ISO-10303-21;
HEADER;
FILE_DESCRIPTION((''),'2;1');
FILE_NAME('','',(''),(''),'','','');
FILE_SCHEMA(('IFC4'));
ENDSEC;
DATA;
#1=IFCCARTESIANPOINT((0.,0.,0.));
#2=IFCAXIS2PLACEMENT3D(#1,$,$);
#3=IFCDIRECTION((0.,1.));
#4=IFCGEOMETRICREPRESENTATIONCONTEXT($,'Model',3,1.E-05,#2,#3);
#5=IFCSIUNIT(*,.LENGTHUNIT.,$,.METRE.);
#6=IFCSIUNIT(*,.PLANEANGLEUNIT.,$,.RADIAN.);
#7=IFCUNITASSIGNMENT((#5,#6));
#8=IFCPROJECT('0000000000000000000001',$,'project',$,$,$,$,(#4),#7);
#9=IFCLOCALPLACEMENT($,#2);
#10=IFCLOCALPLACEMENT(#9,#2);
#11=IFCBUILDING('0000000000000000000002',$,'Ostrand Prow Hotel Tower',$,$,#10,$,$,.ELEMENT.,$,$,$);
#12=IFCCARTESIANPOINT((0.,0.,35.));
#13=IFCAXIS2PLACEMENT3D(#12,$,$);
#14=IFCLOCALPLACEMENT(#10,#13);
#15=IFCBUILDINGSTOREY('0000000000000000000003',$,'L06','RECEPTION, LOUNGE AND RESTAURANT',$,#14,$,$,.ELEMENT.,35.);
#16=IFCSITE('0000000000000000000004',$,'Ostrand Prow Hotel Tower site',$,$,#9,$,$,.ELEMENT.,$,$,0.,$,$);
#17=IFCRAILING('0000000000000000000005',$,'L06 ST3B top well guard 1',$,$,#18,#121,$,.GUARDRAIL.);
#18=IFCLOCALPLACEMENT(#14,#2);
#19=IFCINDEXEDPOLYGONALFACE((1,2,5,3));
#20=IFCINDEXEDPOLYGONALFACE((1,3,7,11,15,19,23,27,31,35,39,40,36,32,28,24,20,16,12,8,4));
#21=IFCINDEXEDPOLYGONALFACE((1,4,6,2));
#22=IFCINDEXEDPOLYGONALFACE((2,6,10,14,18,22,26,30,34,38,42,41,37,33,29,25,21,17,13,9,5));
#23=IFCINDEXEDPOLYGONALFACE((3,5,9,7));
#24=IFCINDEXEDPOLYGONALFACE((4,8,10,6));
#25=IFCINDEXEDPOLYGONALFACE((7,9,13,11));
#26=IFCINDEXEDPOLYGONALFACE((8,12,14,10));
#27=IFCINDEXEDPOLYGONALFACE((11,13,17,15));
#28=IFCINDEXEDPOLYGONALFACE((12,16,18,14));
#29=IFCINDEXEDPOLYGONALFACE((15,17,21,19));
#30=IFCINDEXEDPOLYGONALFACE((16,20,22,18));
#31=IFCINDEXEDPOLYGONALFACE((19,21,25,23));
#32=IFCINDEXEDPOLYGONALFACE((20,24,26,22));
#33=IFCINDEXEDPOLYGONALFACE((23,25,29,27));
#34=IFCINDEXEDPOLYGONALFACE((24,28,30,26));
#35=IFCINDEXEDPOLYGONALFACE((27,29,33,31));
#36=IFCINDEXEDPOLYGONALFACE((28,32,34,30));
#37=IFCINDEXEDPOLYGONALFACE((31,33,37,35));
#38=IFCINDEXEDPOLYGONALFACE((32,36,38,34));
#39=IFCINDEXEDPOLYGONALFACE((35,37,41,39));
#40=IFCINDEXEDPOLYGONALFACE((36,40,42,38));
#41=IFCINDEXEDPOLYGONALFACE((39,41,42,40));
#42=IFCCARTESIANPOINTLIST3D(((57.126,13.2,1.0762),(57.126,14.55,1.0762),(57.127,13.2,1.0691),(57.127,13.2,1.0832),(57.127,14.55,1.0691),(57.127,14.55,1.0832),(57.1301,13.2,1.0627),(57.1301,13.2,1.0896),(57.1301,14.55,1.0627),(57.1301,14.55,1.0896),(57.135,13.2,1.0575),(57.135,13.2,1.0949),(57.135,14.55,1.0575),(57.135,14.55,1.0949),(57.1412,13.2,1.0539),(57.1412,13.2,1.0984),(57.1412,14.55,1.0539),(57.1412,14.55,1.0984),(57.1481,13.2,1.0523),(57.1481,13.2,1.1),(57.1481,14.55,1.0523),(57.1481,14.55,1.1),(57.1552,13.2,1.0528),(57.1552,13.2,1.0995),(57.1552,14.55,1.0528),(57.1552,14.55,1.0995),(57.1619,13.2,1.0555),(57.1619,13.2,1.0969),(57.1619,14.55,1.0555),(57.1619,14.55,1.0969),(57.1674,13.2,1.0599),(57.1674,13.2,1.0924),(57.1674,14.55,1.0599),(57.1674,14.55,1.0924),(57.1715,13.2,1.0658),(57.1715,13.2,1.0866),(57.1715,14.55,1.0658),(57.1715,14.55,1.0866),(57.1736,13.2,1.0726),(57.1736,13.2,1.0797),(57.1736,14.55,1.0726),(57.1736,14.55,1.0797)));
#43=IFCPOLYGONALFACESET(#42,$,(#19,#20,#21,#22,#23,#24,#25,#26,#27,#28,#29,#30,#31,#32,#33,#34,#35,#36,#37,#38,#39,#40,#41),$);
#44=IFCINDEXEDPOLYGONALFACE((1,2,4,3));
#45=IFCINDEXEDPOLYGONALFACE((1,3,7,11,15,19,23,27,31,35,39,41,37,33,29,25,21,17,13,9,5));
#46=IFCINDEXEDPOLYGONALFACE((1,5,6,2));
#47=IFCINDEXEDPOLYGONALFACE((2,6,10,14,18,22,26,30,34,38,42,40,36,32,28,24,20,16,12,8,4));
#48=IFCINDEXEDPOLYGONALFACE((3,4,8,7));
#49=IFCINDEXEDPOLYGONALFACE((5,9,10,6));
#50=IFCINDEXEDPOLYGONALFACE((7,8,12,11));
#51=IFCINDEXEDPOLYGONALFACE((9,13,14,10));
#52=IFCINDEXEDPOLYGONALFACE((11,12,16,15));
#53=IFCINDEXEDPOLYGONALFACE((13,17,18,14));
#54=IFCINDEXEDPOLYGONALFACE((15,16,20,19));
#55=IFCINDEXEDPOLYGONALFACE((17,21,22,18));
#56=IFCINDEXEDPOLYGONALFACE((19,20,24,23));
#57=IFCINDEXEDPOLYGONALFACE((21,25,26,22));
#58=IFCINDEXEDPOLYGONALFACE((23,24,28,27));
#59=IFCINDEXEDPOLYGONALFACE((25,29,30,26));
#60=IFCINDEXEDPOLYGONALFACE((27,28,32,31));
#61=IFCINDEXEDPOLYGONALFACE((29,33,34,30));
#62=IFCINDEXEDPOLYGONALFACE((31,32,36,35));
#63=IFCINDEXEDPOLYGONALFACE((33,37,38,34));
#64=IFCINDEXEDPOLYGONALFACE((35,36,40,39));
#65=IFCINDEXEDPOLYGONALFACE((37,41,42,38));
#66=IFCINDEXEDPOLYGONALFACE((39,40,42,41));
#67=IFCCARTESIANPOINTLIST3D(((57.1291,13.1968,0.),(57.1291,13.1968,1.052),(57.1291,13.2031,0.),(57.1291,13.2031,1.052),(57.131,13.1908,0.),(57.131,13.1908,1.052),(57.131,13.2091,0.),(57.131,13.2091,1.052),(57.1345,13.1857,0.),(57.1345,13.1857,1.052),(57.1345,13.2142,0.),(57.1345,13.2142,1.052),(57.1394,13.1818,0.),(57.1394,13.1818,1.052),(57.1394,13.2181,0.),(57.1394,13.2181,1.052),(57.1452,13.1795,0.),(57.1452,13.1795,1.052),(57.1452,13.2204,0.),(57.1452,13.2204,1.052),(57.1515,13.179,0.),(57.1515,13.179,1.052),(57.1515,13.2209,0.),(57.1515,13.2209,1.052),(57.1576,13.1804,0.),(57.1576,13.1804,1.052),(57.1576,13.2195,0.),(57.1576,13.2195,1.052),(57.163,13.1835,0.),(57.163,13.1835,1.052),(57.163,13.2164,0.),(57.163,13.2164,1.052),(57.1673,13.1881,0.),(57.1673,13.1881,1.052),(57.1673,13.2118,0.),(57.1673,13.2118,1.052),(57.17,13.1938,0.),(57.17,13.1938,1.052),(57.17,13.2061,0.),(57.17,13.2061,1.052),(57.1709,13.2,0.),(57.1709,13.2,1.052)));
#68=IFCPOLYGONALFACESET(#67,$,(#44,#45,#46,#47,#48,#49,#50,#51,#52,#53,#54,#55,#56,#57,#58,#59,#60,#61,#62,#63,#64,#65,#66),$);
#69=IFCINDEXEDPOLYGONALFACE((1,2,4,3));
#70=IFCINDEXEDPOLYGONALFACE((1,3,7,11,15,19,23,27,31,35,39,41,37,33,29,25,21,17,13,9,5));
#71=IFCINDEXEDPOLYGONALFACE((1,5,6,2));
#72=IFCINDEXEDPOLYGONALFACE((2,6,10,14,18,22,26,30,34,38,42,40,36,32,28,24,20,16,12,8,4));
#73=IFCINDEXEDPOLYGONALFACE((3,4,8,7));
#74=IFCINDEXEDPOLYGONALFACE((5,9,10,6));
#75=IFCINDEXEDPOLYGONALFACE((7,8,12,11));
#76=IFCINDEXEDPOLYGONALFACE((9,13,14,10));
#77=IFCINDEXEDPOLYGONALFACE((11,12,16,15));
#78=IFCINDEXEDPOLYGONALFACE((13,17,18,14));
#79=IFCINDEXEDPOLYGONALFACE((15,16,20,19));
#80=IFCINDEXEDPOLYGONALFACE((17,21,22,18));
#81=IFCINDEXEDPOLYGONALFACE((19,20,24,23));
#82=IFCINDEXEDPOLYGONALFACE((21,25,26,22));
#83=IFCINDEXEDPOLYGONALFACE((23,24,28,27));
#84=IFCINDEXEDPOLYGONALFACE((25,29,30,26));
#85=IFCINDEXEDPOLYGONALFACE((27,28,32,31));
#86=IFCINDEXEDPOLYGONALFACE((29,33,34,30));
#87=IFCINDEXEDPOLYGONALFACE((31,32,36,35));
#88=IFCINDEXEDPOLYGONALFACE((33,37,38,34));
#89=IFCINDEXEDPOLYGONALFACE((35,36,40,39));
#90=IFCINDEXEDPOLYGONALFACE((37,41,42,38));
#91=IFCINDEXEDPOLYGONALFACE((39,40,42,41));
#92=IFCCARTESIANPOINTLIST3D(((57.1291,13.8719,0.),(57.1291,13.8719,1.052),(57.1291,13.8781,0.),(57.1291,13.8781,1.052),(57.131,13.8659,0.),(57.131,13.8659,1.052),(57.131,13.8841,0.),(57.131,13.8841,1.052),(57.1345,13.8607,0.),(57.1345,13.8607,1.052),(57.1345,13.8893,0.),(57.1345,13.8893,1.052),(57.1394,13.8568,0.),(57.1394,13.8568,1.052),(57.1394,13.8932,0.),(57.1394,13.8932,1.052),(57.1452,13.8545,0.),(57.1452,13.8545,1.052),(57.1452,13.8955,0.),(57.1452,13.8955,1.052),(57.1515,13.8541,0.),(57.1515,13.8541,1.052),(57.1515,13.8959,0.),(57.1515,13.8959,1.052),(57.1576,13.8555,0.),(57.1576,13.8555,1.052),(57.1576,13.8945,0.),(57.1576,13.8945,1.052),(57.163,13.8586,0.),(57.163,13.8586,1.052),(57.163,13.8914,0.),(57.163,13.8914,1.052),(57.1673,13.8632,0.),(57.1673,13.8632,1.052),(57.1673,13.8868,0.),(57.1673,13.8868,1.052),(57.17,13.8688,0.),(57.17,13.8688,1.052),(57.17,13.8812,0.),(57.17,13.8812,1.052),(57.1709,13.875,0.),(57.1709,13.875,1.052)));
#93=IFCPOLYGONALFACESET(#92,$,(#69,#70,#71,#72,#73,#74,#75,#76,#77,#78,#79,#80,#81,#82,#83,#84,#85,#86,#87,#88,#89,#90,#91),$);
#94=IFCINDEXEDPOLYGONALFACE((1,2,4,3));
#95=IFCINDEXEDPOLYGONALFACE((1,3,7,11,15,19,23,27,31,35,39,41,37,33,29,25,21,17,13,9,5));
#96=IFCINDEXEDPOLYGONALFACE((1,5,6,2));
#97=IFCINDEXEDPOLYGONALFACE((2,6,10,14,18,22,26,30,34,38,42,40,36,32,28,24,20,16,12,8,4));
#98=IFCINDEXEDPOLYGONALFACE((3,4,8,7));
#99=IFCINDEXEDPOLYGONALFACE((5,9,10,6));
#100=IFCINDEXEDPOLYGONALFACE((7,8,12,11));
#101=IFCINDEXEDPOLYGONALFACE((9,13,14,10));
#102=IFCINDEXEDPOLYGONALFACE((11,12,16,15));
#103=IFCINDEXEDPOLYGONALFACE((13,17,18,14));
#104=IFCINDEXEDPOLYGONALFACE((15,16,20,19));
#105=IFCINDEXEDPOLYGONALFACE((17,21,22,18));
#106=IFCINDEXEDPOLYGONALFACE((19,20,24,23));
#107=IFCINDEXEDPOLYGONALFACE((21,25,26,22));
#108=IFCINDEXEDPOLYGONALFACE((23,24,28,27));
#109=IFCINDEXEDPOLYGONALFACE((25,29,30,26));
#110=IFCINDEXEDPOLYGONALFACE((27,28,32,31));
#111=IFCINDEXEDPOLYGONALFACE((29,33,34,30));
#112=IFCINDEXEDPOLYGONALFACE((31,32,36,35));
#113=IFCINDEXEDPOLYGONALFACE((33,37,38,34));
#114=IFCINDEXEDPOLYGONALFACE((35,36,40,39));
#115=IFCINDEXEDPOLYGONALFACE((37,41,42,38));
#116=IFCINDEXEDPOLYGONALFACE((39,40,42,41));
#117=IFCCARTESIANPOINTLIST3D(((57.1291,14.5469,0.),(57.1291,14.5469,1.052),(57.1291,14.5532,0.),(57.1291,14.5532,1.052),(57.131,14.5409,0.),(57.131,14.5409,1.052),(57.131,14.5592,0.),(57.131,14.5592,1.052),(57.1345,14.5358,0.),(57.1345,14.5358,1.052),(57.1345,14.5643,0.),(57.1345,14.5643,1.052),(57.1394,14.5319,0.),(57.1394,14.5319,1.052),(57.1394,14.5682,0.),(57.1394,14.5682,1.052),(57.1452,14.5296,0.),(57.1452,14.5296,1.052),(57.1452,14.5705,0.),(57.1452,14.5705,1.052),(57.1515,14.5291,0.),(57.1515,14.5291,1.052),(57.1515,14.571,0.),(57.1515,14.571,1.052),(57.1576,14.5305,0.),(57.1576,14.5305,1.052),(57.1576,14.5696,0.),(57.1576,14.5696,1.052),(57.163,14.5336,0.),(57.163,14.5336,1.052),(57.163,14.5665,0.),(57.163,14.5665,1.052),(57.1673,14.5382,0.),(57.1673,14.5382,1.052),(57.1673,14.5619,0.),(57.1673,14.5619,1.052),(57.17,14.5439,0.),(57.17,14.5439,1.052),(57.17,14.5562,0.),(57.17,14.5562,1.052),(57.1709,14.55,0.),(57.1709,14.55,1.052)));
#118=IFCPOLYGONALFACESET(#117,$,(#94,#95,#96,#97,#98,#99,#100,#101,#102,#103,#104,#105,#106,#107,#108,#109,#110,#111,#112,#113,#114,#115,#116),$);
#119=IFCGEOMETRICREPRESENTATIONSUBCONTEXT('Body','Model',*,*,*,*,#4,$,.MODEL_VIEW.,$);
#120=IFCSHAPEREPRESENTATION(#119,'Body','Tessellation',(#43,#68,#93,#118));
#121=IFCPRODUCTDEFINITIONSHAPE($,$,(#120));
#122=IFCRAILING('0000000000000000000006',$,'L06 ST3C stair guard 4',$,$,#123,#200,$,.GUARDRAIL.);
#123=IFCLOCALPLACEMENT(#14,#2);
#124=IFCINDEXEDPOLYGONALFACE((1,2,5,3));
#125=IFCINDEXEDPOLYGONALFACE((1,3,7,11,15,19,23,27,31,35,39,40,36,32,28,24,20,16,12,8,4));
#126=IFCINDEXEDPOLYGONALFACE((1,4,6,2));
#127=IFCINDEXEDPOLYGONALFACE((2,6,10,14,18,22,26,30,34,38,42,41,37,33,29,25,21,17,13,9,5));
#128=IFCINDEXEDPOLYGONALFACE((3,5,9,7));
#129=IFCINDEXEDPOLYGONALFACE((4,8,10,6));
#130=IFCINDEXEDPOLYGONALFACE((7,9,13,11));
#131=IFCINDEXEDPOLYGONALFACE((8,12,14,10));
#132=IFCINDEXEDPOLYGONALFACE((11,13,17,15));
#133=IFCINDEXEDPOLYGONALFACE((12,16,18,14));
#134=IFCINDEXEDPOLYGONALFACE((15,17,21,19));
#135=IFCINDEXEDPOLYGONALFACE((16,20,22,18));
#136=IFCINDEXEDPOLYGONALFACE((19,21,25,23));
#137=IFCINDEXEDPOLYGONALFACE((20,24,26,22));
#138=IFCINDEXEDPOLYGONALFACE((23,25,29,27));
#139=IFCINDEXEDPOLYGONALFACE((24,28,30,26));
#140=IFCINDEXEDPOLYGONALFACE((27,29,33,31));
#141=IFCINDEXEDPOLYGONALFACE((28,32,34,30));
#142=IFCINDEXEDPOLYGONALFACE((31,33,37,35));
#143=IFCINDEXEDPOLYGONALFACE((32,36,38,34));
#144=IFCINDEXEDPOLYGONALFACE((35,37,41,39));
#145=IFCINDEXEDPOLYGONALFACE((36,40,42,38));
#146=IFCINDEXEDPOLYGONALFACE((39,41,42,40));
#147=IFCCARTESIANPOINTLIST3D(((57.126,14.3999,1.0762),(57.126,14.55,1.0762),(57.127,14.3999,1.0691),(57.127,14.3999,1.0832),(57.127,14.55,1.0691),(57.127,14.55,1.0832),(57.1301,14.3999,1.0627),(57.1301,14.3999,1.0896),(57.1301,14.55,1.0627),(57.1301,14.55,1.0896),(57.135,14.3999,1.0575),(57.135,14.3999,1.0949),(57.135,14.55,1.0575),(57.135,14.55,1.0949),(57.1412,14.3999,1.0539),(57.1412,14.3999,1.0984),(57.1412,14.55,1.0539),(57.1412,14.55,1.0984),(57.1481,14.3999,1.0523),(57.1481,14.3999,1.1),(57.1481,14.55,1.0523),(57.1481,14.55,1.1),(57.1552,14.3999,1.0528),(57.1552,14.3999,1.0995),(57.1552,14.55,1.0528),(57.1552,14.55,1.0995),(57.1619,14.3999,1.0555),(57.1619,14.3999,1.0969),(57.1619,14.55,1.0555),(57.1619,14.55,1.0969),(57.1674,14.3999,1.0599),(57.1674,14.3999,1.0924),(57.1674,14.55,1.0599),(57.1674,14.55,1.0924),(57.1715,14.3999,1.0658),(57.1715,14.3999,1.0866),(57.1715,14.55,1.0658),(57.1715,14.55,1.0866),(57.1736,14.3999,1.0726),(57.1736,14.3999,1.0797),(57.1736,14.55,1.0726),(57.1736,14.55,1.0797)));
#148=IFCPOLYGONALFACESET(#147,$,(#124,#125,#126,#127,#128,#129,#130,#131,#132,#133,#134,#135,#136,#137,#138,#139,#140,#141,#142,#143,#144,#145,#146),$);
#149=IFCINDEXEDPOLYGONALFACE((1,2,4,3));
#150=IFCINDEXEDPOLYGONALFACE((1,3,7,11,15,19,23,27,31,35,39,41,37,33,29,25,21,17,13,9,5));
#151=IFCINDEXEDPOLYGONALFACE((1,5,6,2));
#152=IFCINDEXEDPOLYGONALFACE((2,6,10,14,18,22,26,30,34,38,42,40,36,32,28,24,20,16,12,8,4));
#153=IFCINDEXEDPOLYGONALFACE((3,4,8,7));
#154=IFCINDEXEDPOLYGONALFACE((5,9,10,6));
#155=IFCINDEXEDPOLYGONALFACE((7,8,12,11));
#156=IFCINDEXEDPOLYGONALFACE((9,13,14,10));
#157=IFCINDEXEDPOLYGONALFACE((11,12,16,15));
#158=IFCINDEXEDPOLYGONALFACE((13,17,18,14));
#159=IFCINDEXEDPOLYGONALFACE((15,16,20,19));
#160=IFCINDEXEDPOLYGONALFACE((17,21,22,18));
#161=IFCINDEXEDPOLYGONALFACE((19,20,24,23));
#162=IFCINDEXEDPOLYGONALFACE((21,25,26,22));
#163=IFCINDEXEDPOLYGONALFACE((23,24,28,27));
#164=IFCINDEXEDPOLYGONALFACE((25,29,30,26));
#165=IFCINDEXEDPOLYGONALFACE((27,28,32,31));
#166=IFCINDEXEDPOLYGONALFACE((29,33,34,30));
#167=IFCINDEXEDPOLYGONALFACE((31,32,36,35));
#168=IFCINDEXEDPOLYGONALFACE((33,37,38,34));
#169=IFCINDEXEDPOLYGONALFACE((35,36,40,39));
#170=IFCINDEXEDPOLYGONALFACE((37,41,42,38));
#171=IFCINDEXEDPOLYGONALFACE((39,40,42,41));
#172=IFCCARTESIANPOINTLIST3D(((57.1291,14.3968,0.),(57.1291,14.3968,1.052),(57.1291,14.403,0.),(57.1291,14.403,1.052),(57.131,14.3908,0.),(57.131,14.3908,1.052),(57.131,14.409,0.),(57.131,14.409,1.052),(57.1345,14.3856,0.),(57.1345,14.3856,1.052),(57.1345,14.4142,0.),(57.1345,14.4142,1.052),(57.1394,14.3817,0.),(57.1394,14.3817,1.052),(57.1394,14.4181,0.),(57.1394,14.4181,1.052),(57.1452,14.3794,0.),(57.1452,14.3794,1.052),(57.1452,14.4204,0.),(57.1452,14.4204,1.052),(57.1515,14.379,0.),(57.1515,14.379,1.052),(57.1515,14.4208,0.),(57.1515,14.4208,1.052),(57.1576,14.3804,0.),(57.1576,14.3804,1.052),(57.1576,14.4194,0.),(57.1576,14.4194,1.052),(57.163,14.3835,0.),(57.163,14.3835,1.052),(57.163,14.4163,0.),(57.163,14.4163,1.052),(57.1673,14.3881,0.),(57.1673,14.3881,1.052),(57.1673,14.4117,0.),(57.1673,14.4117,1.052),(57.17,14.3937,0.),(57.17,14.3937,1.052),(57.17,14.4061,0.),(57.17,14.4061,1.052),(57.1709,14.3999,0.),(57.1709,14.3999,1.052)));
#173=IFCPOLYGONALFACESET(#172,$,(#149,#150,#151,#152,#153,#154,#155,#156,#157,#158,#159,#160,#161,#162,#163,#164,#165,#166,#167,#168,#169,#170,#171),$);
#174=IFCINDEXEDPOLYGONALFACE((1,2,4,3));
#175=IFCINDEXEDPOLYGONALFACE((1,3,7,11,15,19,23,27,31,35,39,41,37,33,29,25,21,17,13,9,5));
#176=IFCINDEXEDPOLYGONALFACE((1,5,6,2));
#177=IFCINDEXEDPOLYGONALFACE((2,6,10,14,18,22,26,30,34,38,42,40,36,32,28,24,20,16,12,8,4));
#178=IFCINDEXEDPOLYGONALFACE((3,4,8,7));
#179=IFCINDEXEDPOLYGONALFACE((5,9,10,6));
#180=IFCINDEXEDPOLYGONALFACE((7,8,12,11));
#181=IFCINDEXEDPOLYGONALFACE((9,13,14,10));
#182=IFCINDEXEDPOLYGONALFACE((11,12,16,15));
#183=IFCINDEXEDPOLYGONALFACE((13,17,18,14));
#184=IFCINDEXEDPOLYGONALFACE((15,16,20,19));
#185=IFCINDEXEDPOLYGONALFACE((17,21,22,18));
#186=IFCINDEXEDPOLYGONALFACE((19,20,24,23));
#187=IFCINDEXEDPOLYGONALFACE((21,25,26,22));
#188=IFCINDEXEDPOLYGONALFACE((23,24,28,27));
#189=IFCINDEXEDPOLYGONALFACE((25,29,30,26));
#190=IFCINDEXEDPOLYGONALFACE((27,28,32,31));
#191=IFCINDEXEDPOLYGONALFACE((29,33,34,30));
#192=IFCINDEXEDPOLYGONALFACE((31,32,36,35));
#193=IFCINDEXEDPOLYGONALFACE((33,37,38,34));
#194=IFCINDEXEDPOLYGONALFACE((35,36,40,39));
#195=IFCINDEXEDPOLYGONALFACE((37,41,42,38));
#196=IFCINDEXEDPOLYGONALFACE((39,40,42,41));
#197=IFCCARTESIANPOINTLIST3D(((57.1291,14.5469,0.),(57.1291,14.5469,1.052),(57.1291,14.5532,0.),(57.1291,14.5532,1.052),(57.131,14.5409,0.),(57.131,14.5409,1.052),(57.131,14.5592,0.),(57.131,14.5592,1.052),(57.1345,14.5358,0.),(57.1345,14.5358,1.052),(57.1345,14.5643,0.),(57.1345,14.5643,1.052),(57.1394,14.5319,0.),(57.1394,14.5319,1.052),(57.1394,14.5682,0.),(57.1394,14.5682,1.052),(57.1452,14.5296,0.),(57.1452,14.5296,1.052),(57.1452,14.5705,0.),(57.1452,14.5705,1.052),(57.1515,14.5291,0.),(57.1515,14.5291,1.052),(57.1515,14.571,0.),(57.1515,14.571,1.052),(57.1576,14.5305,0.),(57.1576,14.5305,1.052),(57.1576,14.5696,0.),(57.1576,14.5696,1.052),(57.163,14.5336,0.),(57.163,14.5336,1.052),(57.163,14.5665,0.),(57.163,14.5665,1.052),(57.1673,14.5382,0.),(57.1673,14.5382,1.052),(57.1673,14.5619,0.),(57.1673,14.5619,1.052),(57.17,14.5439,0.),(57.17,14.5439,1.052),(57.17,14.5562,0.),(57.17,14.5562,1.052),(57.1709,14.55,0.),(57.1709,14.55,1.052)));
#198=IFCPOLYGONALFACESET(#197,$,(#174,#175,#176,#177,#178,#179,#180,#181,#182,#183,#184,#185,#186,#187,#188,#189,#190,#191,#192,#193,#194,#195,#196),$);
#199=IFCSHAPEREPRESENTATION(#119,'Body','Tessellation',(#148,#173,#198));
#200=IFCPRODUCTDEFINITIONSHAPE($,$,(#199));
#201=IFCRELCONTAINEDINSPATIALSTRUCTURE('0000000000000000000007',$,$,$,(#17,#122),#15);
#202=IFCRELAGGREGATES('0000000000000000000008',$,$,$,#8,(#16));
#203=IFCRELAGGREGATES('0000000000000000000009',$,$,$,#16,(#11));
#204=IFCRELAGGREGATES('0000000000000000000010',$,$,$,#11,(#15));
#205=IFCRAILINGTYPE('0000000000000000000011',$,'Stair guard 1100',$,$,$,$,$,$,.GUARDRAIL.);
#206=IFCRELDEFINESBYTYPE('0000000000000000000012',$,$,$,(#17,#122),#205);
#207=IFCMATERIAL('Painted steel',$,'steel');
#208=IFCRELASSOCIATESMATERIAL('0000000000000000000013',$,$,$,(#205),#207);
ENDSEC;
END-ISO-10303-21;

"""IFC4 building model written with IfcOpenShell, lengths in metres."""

from ifc_helpers import new_model, si_unit, direction, frame, origin, origin_2d, place, context, subcontext, project, spatial, circle, extrude, material, type_object, element, save


model = new_model("IFC4")

# Units and contexts
model_context = context("Model", 3, precision=1e-05, world=origin(), true_north=direction((0.0, 1.0)))
body_context = subcontext(model_context, "Body", "Model", "MODEL_VIEW")
ifc_project = project(units=[si_unit("LENGTHUNIT", "METRE"), si_unit("PLANEANGLEUNIT", "RADIAN")], contexts=[model_context])

# Site, building, storey
site_placement = place(None, origin())
site = spatial("IfcSite", under=ifc_project, at=site_placement, Name="Ostrand Prow Hotel Tower site", CompositionType="ELEMENT", RefElevation=0.0)
building_placement = place(site_placement, origin())
building = spatial("IfcBuilding", under=site, at=building_placement, Name="Ostrand Prow Hotel Tower", CompositionType="ELEMENT")
storey_placement = place(building_placement, frame((0.0, 0.0, 35.0)))
storey = spatial("IfcBuildingStorey", under=building, at=storey_placement, Name="L06", Description="RECEPTION, LOUNGE AND RESTAURANT", CompositionType="ELEMENT", Elevation=35.0)

# Railings
ifc_material_1 = material(Name="Painted steel", Category="steel")
railing_type_1 = type_object("IfcRailingType", Name="Stair guard 1100", PredefinedType="GUARDRAIL", material=ifc_material_1)
railing_1_placement = place(storey_placement, frame((57.1499, 13.2, 0.0)))
element("IfcRailing", 1, at=railing_1_placement, inside=storey, type_object=railing_type_1, Name="L06 ST3B top well guard 1", PredefinedType="GUARDRAIL", context=body_context, shape_type="SweptSolid", body=[
    extrude(circle(Radius=0.0239, at=origin_2d()), frame((0.0, 0.0, 1.0762), z_axis=(0.0, 1.0, 0.0), x_axis=(-1.0, 0.0, 0.0)), (0.0, 0.0, 1.0), 1.3501),
    extrude(circle(Radius=0.021, at=origin_2d()), origin(), (0.0, 0.0, 1.0), 1.052),
    extrude(circle(Radius=0.021, at=origin_2d()), frame((0.0, 0.675, 0.0)), (0.0, 0.0, 1.0), 1.052),
    extrude(circle(Radius=0.021, at=origin_2d()), frame((0.0, 1.3501, 0.0)), (0.0, 0.0, 1.0), 1.052),
])
railing_2_placement = place(storey_placement, frame((57.1499, 14.3999, 0.0)))
element("IfcRailing", 2, at=railing_2_placement, inside=storey, type_object=railing_type_1, Name="L06 ST3C stair guard 4", PredefinedType="GUARDRAIL", context=body_context, shape_type="SweptSolid", body=[
    extrude(circle(Radius=0.0239, at=origin_2d()), frame((0.0, 0.0, 1.0762), z_axis=(0.0, 1.0, 0.0), x_axis=(-1.0, 0.0, 0.0)), (0.0, 0.0, 1.0), 0.1501),
    extrude(circle(Radius=0.021, at=origin_2d()), origin(), (0.0, 0.0, 1.0), 1.052),
    extrude(circle(Radius=0.021, at=origin_2d()), frame((0.0, 0.1501, 0.0)), (0.0, 0.0, 1.0), 1.052),
])

save(model, "model.ifc")
